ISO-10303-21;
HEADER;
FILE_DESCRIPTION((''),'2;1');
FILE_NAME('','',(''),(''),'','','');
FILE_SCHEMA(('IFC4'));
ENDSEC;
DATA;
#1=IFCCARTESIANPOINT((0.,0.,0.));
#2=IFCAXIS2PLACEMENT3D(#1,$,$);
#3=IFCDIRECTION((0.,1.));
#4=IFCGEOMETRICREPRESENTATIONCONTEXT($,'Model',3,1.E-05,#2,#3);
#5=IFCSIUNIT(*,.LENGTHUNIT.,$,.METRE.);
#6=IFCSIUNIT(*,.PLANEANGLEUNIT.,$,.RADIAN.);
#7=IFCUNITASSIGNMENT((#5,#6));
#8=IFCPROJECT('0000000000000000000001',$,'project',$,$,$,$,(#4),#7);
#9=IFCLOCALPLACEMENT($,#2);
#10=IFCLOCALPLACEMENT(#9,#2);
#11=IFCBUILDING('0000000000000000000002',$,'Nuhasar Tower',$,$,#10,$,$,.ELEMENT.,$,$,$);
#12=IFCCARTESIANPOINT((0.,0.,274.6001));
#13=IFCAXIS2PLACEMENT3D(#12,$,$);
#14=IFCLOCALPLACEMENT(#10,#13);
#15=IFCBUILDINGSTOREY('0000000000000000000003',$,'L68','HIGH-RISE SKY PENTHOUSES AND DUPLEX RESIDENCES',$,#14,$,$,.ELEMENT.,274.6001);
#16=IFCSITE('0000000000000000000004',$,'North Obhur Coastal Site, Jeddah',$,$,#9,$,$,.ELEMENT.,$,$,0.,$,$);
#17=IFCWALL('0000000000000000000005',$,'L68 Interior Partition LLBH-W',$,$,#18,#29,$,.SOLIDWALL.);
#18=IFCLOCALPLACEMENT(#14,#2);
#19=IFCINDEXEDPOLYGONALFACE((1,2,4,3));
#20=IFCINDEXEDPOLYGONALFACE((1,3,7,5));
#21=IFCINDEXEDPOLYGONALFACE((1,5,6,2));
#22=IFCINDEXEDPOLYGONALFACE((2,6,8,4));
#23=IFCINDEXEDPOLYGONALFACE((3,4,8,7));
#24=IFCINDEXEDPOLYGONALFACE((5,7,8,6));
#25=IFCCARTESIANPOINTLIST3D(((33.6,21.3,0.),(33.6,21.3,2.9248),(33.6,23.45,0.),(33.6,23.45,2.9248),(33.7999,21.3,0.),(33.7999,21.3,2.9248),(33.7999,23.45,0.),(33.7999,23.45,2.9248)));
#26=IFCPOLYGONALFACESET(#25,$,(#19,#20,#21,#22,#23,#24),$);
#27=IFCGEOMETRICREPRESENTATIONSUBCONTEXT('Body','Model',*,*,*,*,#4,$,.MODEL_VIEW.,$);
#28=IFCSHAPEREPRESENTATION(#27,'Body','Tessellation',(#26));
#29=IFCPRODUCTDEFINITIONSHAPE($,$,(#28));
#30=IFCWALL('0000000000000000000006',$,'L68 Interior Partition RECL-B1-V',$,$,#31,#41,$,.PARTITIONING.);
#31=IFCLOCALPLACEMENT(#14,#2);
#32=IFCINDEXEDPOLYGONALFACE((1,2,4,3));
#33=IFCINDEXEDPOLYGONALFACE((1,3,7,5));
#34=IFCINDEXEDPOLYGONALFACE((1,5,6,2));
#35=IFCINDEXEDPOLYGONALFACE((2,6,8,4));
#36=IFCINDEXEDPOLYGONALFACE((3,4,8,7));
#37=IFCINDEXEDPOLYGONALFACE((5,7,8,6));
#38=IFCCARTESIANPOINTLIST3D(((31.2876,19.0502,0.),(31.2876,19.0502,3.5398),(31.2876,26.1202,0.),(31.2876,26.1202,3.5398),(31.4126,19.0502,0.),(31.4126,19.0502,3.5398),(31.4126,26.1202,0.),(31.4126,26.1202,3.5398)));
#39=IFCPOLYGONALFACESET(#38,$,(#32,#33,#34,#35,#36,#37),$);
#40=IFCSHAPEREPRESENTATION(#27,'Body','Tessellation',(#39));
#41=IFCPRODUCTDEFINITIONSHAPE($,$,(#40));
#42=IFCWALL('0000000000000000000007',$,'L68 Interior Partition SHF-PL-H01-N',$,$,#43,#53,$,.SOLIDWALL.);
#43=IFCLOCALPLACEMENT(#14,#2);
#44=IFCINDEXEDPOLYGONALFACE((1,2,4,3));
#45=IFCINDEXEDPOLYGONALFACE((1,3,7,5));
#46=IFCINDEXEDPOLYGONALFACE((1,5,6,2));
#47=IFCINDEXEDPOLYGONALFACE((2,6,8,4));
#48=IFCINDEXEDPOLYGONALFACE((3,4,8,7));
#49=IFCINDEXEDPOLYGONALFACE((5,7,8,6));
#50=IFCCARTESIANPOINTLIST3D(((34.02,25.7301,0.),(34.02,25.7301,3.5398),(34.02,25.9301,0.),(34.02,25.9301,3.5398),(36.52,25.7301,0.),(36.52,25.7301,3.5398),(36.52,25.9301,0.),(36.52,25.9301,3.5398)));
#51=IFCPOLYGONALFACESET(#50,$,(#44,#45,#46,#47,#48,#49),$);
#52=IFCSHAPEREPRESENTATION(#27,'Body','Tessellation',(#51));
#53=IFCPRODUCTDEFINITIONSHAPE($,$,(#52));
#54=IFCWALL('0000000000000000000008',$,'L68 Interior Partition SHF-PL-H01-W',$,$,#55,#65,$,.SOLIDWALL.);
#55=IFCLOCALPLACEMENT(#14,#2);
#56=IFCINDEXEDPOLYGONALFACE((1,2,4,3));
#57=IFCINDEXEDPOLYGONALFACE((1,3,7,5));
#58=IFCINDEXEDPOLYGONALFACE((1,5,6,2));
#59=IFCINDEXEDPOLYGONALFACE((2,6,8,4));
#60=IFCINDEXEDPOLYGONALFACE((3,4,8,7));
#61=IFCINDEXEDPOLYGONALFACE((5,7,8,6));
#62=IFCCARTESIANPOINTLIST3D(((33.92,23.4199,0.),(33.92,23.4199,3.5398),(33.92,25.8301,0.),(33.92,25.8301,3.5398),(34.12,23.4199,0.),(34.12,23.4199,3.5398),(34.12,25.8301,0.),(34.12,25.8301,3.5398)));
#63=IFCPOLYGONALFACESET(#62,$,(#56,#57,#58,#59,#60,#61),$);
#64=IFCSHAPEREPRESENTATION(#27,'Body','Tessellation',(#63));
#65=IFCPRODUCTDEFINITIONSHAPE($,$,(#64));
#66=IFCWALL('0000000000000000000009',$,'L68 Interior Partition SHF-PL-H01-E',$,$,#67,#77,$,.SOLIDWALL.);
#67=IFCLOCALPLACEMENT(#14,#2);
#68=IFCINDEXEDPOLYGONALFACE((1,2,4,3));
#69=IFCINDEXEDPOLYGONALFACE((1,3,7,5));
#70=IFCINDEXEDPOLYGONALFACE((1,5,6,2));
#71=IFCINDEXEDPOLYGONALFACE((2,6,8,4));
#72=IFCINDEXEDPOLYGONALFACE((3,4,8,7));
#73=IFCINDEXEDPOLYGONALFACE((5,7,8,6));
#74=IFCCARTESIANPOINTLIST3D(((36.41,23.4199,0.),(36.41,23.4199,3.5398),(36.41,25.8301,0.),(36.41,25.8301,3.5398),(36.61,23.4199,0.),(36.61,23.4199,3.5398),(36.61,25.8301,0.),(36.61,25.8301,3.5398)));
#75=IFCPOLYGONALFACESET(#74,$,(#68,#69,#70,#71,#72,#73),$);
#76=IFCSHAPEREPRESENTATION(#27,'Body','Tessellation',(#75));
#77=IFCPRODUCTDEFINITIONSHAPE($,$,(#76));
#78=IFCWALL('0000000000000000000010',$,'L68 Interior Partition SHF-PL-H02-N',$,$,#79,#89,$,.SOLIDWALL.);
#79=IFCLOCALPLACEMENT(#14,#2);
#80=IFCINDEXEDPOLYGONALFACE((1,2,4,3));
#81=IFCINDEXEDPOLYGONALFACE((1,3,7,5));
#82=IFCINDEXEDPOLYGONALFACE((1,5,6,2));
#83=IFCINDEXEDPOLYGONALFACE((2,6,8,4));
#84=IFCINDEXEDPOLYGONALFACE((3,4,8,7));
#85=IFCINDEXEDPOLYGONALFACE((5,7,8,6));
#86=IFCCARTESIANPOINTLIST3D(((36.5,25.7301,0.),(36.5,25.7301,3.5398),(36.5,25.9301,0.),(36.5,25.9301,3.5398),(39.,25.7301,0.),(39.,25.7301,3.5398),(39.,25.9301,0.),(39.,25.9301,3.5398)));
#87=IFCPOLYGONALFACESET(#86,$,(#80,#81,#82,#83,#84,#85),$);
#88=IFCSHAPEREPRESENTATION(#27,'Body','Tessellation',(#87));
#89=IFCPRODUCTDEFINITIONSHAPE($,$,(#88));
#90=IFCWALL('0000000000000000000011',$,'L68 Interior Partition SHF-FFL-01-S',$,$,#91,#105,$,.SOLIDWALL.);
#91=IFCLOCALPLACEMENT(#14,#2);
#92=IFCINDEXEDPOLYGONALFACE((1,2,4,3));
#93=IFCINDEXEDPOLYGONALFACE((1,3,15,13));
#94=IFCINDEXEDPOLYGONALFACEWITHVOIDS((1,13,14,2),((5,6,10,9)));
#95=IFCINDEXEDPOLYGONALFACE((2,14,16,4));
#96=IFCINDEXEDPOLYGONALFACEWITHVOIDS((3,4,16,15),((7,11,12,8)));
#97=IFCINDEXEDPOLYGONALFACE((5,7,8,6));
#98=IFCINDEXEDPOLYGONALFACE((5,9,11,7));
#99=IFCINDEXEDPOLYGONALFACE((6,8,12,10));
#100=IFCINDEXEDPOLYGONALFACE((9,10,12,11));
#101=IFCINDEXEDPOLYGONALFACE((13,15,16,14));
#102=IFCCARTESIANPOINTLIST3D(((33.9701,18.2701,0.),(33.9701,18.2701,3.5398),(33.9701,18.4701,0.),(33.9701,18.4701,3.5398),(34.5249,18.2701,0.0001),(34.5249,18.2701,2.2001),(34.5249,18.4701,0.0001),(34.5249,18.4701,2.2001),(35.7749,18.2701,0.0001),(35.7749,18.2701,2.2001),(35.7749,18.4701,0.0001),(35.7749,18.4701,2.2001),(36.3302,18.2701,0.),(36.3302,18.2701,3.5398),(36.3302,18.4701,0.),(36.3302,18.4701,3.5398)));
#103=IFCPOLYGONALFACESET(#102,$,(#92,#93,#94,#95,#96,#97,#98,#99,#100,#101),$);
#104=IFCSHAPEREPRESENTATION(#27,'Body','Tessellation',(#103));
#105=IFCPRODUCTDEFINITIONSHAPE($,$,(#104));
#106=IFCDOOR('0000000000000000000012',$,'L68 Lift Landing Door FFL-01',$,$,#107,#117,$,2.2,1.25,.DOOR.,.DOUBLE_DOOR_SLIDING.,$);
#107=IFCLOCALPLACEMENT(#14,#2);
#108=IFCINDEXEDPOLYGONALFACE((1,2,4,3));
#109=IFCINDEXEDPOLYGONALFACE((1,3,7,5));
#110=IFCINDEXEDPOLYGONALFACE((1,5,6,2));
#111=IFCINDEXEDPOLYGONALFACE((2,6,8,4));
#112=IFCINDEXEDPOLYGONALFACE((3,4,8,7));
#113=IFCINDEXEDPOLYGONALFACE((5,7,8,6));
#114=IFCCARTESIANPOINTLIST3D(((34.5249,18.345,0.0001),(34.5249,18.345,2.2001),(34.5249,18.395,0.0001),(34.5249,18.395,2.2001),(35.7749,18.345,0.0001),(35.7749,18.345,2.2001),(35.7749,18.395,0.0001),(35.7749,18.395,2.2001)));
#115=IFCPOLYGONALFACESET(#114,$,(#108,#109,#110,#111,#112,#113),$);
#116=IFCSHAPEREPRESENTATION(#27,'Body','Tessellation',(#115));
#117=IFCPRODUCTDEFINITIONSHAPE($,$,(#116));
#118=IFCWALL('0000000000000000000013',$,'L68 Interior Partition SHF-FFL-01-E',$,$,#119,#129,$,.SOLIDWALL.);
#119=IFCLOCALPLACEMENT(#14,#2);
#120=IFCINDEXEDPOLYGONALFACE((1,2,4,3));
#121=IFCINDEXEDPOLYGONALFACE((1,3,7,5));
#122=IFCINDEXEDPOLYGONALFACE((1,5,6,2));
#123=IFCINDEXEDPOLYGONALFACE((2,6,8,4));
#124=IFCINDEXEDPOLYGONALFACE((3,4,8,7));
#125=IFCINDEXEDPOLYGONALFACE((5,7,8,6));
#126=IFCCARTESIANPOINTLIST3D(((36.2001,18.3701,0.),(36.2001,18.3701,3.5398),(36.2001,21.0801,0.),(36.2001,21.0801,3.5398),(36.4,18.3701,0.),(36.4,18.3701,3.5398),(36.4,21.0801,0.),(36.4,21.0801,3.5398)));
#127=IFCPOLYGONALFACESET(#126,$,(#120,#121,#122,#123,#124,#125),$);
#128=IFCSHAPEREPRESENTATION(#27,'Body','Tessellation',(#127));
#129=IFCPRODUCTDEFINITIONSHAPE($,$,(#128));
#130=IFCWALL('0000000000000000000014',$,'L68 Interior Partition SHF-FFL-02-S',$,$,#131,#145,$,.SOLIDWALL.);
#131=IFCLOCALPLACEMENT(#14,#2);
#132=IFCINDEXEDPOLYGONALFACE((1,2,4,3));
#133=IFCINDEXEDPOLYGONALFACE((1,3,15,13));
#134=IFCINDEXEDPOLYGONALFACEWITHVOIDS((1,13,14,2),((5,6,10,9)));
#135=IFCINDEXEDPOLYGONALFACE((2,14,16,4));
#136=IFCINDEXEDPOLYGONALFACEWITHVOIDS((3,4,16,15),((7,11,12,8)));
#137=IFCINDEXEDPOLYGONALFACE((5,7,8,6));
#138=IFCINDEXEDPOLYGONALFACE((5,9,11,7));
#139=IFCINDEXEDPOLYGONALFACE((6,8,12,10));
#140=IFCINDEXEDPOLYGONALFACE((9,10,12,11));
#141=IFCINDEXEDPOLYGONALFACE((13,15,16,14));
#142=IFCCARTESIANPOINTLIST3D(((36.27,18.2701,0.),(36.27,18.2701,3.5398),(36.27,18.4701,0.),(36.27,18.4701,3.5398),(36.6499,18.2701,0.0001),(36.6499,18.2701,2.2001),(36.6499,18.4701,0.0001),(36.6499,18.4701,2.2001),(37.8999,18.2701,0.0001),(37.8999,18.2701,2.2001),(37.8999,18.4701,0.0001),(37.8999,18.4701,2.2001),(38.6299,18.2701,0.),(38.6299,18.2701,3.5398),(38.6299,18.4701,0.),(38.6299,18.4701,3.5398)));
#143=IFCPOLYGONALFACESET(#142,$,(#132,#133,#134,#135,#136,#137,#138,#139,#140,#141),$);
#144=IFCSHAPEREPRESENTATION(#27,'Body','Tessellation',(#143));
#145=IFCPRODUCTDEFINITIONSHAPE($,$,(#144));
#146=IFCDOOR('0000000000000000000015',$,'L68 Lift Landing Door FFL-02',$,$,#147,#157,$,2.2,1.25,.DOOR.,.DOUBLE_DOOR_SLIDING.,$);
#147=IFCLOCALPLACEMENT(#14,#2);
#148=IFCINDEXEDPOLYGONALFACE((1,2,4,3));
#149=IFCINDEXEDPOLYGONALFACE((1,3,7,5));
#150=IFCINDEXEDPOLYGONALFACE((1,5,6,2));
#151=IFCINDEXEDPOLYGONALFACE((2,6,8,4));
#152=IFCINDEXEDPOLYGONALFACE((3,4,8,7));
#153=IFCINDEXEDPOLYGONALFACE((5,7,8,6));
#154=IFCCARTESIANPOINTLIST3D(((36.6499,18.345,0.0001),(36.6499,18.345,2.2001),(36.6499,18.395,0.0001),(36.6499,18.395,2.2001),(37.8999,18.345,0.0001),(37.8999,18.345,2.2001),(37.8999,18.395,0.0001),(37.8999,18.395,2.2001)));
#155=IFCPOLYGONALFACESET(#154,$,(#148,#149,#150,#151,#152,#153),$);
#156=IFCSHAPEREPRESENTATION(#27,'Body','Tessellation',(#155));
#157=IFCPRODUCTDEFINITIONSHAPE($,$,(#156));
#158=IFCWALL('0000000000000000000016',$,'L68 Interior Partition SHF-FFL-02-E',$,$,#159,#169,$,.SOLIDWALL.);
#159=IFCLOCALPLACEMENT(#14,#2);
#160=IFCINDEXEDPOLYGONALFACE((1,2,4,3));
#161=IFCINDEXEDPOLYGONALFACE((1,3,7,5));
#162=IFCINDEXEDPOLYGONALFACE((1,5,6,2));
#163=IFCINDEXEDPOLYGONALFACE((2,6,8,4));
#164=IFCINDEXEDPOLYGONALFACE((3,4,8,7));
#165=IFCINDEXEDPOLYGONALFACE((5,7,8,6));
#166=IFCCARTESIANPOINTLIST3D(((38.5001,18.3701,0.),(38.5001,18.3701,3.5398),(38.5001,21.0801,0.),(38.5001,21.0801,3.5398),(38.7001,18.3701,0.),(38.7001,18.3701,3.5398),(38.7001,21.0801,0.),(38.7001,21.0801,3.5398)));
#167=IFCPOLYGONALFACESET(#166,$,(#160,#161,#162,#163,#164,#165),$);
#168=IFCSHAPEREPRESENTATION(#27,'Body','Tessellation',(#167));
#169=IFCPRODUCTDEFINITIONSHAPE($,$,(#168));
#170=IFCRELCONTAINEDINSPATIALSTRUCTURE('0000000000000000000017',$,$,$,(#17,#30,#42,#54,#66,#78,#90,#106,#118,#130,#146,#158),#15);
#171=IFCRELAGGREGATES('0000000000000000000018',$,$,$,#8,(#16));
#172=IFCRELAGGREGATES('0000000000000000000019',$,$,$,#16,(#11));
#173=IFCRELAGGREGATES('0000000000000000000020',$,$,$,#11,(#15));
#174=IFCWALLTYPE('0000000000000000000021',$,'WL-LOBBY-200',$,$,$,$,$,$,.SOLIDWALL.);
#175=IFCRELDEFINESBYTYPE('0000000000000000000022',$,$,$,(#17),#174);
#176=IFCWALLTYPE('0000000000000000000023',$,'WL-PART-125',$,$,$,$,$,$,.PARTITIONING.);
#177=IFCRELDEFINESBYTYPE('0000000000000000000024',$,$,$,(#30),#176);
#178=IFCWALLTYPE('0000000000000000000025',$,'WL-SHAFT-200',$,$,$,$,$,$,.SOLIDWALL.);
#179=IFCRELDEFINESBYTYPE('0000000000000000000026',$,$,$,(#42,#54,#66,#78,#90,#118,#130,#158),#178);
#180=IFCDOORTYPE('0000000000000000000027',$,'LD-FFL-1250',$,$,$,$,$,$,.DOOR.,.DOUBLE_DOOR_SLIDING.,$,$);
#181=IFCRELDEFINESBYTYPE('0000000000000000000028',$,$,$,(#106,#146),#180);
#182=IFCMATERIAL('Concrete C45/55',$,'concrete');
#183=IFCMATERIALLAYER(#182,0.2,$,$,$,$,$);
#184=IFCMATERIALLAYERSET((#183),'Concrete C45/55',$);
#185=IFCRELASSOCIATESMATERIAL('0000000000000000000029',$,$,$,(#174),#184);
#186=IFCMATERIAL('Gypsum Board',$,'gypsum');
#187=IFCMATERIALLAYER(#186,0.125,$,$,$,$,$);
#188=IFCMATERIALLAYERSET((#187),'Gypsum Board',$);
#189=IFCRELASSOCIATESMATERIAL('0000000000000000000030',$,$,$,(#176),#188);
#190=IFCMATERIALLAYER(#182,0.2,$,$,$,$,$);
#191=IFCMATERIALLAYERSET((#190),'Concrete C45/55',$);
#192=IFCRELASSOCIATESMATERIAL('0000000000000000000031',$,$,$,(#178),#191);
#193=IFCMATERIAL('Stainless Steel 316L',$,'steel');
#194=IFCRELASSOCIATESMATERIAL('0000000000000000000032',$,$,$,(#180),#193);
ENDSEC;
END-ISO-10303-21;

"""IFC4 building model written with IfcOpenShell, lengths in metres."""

from ifc_helpers import new_model, si_unit, direction, frame, frame_2d, origin, place, context, subcontext, project, spatial, rectangle, extrude, material, layer, layer_set, type_object, element, fill, save


model = new_model("IFC4")

# Units and contexts
model_context = context("Model", 3, precision=1e-05, world=origin(), true_north=direction((0.0, 1.0)))
body_context = subcontext(model_context, "Body", "Model", "MODEL_VIEW")
ifc_project = project(units=[si_unit("LENGTHUNIT", "METRE"), si_unit("PLANEANGLEUNIT", "RADIAN")], contexts=[model_context])

# Site, building, storey
site_placement = place(None, origin())
site = spatial("IfcSite", under=ifc_project, at=site_placement, Name="North Obhur Coastal Site, Jeddah", CompositionType="ELEMENT", RefElevation=0.0)
building_placement = place(site_placement, origin())
building = spatial("IfcBuilding", under=site, at=building_placement, Name="Nuhasar Tower", CompositionType="ELEMENT")
storey_placement = place(building_placement, frame((0.0, 0.0, 274.6001)))
storey = spatial("IfcBuildingStorey", under=building, at=storey_placement, Name="L68", Description="HIGH-RISE SKY PENTHOUSES AND DUPLEX RESIDENCES", CompositionType="ELEMENT", Elevation=274.6001)

# Shared definitions
ifc_material_1 = material(Name="Gypsum Board", Category="gypsum")

# Walls
ifc_material_2 = material(Name="Concrete C45/55", Category="concrete")
ifc_layer_1 = layer(ifc_material_2, 0.2)
ifc_layer_set_1 = layer_set([ifc_layer_1], Name="Concrete C45/55")
wall_type_1 = type_object("IfcWallType", Name="WL-LOBBY-200", PredefinedType="SOLIDWALL", material=ifc_layer_set_1)
wall_1_placement = place(storey_placement, frame((33.7, 21.3, 0.0), z_axis=(0.0, 0.0, 1.0), x_axis=(0.0, 1.0, 0.0)))
element("IfcWall", 1, at=wall_1_placement, inside=storey, type_object=wall_type_1, Name="L68 Interior Partition LLBH-W", PredefinedType="SOLIDWALL", context=body_context, shape_type="SweptSolid", body=[
    extrude(rectangle(XDim=2.1499, YDim=0.2, at=frame_2d((1.075, 0.0))), origin(), (0.0, 0.0, 1.0), 2.9248),
])
ifc_layer_2 = layer(ifc_material_1, 0.125)
ifc_layer_set_2 = layer_set([ifc_layer_2], Name="Gypsum Board")
wall_type_2 = type_object("IfcWallType", Name="WL-PART-125", PredefinedType="PARTITIONING", material=ifc_layer_set_2)
wall_2_placement = place(storey_placement, frame((31.3501, 19.05, 0.0), z_axis=(0.0, 0.0, 1.0), x_axis=(0.0, 1.0, 0.0)))
element("IfcWall", 2, at=wall_2_placement, inside=storey, type_object=wall_type_2, Name="L68 Interior Partition RECL-B1-V", PredefinedType="PARTITIONING", context=body_context, shape_type="SweptSolid", body=[
    extrude(rectangle(XDim=7.0701, YDim=0.125, at=frame_2d((3.5352, 0.0))), origin(), (0.0, 0.0, 1.0), 3.5398),
])

# Shared definitions
ifc_layer_3 = layer(ifc_material_2, 0.2)
ifc_layer_set_3 = layer_set([ifc_layer_3], Name="Concrete C45/55")
wall_type_3 = type_object("IfcWallType", Name="WL-SHAFT-200", PredefinedType="SOLIDWALL", material=ifc_layer_set_3)
ifc_material_3 = material(Name="Stainless Steel 316L", Category="steel")

# Walls
wall_3_placement = place(storey_placement, frame((34.02, 25.8301, 0.0), z_axis=(0.0, 0.0, 1.0), x_axis=(1.0, 0.0, 0.0)))
element("IfcWall", 3, at=wall_3_placement, inside=storey, type_object=wall_type_3, Name="L68 Interior Partition SHF-PL-H01-N", PredefinedType="SOLIDWALL", context=body_context, shape_type="SweptSolid", body=[
    extrude(rectangle(XDim=2.5, YDim=0.2, at=frame_2d((1.25, 0.0))), origin(), (0.0, 0.0, 1.0), 3.5398),
])
for number, where, z_axis, x_axis, name in (
    (4, (34.02, 23.4199, 0.0), (0.0, 0.0, 1.0), (0.0, 1.0, 0.0), "L68 Interior Partition SHF-PL-H01-W"),
    (5, (36.51, 23.4199, 0.0), (0.0, 0.0, 1.0), (0.0, 1.0, 0.0), "L68 Interior Partition SHF-PL-H01-E"),
):
    element("IfcWall", number, at=place(storey_placement, frame(where, z_axis=z_axis, x_axis=x_axis)), inside=storey, type_object=wall_type_3, Name=name, PredefinedType="SOLIDWALL", context=body_context, shape_type="SweptSolid", body=[
        extrude(rectangle(XDim=2.4102, YDim=0.2, at=frame_2d((1.2051, 0.0))), origin(), (0.0, 0.0, 1.0), 3.5398),
    ])

# Wall
wall_4_placement = place(storey_placement, frame((36.5, 25.8301, 0.0), z_axis=(0.0, 0.0, 1.0), x_axis=(1.0, 0.0, 0.0)))
element("IfcWall", 6, at=wall_4_placement, inside=storey, type_object=wall_type_3, Name="L68 Interior Partition SHF-PL-H02-N", PredefinedType="SOLIDWALL", context=body_context, shape_type="SweptSolid", body=[
    extrude(rectangle(XDim=2.5, YDim=0.2, at=frame_2d((1.25, 0.0))), origin(), (0.0, 0.0, 1.0), 3.5398),
])

# Wall, opening, door
wall_5_placement = place(storey_placement, frame((33.97, 18.3701, 0.0), z_axis=(0.0, 0.0, 1.0), x_axis=(1.0, 0.0, 0.0)))
wall_5 = element("IfcWall", 7, at=wall_5_placement, inside=storey, type_object=wall_type_3, Name="L68 Interior Partition SHF-FFL-01-S", PredefinedType="SOLIDWALL", context=body_context, shape_type="SweptSolid", body=[
    extrude(rectangle(XDim=2.3601, YDim=0.2, at=frame_2d((1.1802, 0.0))), origin(), (0.0, 0.0, 1.0), 3.5398),
])
opening_1_placement = place(wall_5_placement, frame((0.5549, 0.0, 0.0)))
opening_1 = element("IfcOpeningElement", 8, at=opening_1_placement, cuts=wall_5, PredefinedType="OPENING", context=body_context, shape_type="SweptSolid", body=[
    extrude(rectangle(XDim=1.25, YDim=2.2, at=frame_2d((0.625, 1.1001))), frame((0.0, 0.1099, 0.0), z_axis=(0.0, -1.0, 0.0), x_axis=(1.0, 0.0, 0.0)), (0.0, 0.0, 1.0), 0.22),
])
door_type_1 = type_object("IfcDoorType", Name="LD-FFL-1250", OperationType="DOUBLE_DOOR_SLIDING", PredefinedType="DOOR", material=ifc_material_3)
door_1_placement = place(opening_1_placement, origin())
door_1 = element("IfcDoor", 9, at=door_1_placement, inside=storey, type_object=door_type_1, Name="L68 Lift Landing Door FFL-01", OperationType="DOUBLE_DOOR_SLIDING", OverallHeight=2.2, OverallWidth=1.25, PredefinedType="DOOR", context=body_context, shape_type="SweptSolid", body=[
    extrude(rectangle(XDim=1.25, YDim=2.2, at=frame_2d((0.625, 1.1001))), frame((0.0, 0.0249, 0.0), z_axis=(0.0, -1.0, 0.0), x_axis=(1.0, 0.0, 0.0)), (0.0, 0.0, 1.0), 0.05),
])
fill(opening_1, door_1)

# Wall
wall_6_placement = place(storey_placement, frame((36.3, 18.3701, 0.0), z_axis=(0.0, 0.0, 1.0), x_axis=(0.0, 1.0, 0.0)))
element("IfcWall", 10, at=wall_6_placement, inside=storey, type_object=wall_type_3, Name="L68 Interior Partition SHF-FFL-01-E", PredefinedType="SOLIDWALL", context=body_context, shape_type="SweptSolid", body=[
    extrude(rectangle(XDim=2.71, YDim=0.2, at=frame_2d((1.355, 0.0))), origin(), (0.0, 0.0, 1.0), 3.5398),
])

# Wall, opening, door
wall_7_placement = place(storey_placement, frame((36.27, 18.3701, 0.0), z_axis=(0.0, 0.0, 1.0), x_axis=(1.0, 0.0, 0.0)))
wall_7 = element("IfcWall", 11, at=wall_7_placement, inside=storey, type_object=wall_type_3, Name="L68 Interior Partition SHF-FFL-02-S", PredefinedType="SOLIDWALL", context=body_context, shape_type="SweptSolid", body=[
    extrude(rectangle(XDim=2.3599, YDim=0.2, at=frame_2d((1.1799, 0.0))), origin(), (0.0, 0.0, 1.0), 3.5398),
])
opening_2_placement = place(wall_7_placement, frame((0.3799, 0.0, 0.0)))
opening_2 = element("IfcOpeningElement", 12, at=opening_2_placement, cuts=wall_7, PredefinedType="OPENING", context=body_context, shape_type="SweptSolid", body=[
    extrude(rectangle(XDim=1.25, YDim=2.2, at=frame_2d((0.625, 1.1001))), frame((0.0, 0.1099, 0.0), z_axis=(0.0, -1.0, 0.0), x_axis=(1.0, 0.0, 0.0)), (0.0, 0.0, 1.0), 0.22),
])
door_2_placement = place(opening_2_placement, origin())
door_2 = element("IfcDoor", 13, at=door_2_placement, inside=storey, type_object=door_type_1, Name="L68 Lift Landing Door FFL-02", OperationType="DOUBLE_DOOR_SLIDING", OverallHeight=2.2, OverallWidth=1.25, PredefinedType="DOOR", context=body_context, shape_type="SweptSolid", body=[
    extrude(rectangle(XDim=1.25, YDim=2.2, at=frame_2d((0.625, 1.1001))), frame((0.0, 0.0249, 0.0), z_axis=(0.0, -1.0, 0.0), x_axis=(1.0, 0.0, 0.0)), (0.0, 0.0, 1.0), 0.05),
])
fill(opening_2, door_2)

# Wall
wall_8_placement = place(storey_placement, frame((38.6001, 18.3701, 0.0), z_axis=(0.0, 0.0, 1.0), x_axis=(0.0, 1.0, 0.0)))
element("IfcWall", 14, at=wall_8_placement, inside=storey, type_object=wall_type_3, Name="L68 Interior Partition SHF-FFL-02-E", PredefinedType="SOLIDWALL", context=body_context, shape_type="SweptSolid", body=[
    extrude(rectangle(XDim=2.71, YDim=0.2, at=frame_2d((1.355, 0.0))), origin(), (0.0, 0.0, 1.0), 3.5398),
])

save(model, "model.ifc")
